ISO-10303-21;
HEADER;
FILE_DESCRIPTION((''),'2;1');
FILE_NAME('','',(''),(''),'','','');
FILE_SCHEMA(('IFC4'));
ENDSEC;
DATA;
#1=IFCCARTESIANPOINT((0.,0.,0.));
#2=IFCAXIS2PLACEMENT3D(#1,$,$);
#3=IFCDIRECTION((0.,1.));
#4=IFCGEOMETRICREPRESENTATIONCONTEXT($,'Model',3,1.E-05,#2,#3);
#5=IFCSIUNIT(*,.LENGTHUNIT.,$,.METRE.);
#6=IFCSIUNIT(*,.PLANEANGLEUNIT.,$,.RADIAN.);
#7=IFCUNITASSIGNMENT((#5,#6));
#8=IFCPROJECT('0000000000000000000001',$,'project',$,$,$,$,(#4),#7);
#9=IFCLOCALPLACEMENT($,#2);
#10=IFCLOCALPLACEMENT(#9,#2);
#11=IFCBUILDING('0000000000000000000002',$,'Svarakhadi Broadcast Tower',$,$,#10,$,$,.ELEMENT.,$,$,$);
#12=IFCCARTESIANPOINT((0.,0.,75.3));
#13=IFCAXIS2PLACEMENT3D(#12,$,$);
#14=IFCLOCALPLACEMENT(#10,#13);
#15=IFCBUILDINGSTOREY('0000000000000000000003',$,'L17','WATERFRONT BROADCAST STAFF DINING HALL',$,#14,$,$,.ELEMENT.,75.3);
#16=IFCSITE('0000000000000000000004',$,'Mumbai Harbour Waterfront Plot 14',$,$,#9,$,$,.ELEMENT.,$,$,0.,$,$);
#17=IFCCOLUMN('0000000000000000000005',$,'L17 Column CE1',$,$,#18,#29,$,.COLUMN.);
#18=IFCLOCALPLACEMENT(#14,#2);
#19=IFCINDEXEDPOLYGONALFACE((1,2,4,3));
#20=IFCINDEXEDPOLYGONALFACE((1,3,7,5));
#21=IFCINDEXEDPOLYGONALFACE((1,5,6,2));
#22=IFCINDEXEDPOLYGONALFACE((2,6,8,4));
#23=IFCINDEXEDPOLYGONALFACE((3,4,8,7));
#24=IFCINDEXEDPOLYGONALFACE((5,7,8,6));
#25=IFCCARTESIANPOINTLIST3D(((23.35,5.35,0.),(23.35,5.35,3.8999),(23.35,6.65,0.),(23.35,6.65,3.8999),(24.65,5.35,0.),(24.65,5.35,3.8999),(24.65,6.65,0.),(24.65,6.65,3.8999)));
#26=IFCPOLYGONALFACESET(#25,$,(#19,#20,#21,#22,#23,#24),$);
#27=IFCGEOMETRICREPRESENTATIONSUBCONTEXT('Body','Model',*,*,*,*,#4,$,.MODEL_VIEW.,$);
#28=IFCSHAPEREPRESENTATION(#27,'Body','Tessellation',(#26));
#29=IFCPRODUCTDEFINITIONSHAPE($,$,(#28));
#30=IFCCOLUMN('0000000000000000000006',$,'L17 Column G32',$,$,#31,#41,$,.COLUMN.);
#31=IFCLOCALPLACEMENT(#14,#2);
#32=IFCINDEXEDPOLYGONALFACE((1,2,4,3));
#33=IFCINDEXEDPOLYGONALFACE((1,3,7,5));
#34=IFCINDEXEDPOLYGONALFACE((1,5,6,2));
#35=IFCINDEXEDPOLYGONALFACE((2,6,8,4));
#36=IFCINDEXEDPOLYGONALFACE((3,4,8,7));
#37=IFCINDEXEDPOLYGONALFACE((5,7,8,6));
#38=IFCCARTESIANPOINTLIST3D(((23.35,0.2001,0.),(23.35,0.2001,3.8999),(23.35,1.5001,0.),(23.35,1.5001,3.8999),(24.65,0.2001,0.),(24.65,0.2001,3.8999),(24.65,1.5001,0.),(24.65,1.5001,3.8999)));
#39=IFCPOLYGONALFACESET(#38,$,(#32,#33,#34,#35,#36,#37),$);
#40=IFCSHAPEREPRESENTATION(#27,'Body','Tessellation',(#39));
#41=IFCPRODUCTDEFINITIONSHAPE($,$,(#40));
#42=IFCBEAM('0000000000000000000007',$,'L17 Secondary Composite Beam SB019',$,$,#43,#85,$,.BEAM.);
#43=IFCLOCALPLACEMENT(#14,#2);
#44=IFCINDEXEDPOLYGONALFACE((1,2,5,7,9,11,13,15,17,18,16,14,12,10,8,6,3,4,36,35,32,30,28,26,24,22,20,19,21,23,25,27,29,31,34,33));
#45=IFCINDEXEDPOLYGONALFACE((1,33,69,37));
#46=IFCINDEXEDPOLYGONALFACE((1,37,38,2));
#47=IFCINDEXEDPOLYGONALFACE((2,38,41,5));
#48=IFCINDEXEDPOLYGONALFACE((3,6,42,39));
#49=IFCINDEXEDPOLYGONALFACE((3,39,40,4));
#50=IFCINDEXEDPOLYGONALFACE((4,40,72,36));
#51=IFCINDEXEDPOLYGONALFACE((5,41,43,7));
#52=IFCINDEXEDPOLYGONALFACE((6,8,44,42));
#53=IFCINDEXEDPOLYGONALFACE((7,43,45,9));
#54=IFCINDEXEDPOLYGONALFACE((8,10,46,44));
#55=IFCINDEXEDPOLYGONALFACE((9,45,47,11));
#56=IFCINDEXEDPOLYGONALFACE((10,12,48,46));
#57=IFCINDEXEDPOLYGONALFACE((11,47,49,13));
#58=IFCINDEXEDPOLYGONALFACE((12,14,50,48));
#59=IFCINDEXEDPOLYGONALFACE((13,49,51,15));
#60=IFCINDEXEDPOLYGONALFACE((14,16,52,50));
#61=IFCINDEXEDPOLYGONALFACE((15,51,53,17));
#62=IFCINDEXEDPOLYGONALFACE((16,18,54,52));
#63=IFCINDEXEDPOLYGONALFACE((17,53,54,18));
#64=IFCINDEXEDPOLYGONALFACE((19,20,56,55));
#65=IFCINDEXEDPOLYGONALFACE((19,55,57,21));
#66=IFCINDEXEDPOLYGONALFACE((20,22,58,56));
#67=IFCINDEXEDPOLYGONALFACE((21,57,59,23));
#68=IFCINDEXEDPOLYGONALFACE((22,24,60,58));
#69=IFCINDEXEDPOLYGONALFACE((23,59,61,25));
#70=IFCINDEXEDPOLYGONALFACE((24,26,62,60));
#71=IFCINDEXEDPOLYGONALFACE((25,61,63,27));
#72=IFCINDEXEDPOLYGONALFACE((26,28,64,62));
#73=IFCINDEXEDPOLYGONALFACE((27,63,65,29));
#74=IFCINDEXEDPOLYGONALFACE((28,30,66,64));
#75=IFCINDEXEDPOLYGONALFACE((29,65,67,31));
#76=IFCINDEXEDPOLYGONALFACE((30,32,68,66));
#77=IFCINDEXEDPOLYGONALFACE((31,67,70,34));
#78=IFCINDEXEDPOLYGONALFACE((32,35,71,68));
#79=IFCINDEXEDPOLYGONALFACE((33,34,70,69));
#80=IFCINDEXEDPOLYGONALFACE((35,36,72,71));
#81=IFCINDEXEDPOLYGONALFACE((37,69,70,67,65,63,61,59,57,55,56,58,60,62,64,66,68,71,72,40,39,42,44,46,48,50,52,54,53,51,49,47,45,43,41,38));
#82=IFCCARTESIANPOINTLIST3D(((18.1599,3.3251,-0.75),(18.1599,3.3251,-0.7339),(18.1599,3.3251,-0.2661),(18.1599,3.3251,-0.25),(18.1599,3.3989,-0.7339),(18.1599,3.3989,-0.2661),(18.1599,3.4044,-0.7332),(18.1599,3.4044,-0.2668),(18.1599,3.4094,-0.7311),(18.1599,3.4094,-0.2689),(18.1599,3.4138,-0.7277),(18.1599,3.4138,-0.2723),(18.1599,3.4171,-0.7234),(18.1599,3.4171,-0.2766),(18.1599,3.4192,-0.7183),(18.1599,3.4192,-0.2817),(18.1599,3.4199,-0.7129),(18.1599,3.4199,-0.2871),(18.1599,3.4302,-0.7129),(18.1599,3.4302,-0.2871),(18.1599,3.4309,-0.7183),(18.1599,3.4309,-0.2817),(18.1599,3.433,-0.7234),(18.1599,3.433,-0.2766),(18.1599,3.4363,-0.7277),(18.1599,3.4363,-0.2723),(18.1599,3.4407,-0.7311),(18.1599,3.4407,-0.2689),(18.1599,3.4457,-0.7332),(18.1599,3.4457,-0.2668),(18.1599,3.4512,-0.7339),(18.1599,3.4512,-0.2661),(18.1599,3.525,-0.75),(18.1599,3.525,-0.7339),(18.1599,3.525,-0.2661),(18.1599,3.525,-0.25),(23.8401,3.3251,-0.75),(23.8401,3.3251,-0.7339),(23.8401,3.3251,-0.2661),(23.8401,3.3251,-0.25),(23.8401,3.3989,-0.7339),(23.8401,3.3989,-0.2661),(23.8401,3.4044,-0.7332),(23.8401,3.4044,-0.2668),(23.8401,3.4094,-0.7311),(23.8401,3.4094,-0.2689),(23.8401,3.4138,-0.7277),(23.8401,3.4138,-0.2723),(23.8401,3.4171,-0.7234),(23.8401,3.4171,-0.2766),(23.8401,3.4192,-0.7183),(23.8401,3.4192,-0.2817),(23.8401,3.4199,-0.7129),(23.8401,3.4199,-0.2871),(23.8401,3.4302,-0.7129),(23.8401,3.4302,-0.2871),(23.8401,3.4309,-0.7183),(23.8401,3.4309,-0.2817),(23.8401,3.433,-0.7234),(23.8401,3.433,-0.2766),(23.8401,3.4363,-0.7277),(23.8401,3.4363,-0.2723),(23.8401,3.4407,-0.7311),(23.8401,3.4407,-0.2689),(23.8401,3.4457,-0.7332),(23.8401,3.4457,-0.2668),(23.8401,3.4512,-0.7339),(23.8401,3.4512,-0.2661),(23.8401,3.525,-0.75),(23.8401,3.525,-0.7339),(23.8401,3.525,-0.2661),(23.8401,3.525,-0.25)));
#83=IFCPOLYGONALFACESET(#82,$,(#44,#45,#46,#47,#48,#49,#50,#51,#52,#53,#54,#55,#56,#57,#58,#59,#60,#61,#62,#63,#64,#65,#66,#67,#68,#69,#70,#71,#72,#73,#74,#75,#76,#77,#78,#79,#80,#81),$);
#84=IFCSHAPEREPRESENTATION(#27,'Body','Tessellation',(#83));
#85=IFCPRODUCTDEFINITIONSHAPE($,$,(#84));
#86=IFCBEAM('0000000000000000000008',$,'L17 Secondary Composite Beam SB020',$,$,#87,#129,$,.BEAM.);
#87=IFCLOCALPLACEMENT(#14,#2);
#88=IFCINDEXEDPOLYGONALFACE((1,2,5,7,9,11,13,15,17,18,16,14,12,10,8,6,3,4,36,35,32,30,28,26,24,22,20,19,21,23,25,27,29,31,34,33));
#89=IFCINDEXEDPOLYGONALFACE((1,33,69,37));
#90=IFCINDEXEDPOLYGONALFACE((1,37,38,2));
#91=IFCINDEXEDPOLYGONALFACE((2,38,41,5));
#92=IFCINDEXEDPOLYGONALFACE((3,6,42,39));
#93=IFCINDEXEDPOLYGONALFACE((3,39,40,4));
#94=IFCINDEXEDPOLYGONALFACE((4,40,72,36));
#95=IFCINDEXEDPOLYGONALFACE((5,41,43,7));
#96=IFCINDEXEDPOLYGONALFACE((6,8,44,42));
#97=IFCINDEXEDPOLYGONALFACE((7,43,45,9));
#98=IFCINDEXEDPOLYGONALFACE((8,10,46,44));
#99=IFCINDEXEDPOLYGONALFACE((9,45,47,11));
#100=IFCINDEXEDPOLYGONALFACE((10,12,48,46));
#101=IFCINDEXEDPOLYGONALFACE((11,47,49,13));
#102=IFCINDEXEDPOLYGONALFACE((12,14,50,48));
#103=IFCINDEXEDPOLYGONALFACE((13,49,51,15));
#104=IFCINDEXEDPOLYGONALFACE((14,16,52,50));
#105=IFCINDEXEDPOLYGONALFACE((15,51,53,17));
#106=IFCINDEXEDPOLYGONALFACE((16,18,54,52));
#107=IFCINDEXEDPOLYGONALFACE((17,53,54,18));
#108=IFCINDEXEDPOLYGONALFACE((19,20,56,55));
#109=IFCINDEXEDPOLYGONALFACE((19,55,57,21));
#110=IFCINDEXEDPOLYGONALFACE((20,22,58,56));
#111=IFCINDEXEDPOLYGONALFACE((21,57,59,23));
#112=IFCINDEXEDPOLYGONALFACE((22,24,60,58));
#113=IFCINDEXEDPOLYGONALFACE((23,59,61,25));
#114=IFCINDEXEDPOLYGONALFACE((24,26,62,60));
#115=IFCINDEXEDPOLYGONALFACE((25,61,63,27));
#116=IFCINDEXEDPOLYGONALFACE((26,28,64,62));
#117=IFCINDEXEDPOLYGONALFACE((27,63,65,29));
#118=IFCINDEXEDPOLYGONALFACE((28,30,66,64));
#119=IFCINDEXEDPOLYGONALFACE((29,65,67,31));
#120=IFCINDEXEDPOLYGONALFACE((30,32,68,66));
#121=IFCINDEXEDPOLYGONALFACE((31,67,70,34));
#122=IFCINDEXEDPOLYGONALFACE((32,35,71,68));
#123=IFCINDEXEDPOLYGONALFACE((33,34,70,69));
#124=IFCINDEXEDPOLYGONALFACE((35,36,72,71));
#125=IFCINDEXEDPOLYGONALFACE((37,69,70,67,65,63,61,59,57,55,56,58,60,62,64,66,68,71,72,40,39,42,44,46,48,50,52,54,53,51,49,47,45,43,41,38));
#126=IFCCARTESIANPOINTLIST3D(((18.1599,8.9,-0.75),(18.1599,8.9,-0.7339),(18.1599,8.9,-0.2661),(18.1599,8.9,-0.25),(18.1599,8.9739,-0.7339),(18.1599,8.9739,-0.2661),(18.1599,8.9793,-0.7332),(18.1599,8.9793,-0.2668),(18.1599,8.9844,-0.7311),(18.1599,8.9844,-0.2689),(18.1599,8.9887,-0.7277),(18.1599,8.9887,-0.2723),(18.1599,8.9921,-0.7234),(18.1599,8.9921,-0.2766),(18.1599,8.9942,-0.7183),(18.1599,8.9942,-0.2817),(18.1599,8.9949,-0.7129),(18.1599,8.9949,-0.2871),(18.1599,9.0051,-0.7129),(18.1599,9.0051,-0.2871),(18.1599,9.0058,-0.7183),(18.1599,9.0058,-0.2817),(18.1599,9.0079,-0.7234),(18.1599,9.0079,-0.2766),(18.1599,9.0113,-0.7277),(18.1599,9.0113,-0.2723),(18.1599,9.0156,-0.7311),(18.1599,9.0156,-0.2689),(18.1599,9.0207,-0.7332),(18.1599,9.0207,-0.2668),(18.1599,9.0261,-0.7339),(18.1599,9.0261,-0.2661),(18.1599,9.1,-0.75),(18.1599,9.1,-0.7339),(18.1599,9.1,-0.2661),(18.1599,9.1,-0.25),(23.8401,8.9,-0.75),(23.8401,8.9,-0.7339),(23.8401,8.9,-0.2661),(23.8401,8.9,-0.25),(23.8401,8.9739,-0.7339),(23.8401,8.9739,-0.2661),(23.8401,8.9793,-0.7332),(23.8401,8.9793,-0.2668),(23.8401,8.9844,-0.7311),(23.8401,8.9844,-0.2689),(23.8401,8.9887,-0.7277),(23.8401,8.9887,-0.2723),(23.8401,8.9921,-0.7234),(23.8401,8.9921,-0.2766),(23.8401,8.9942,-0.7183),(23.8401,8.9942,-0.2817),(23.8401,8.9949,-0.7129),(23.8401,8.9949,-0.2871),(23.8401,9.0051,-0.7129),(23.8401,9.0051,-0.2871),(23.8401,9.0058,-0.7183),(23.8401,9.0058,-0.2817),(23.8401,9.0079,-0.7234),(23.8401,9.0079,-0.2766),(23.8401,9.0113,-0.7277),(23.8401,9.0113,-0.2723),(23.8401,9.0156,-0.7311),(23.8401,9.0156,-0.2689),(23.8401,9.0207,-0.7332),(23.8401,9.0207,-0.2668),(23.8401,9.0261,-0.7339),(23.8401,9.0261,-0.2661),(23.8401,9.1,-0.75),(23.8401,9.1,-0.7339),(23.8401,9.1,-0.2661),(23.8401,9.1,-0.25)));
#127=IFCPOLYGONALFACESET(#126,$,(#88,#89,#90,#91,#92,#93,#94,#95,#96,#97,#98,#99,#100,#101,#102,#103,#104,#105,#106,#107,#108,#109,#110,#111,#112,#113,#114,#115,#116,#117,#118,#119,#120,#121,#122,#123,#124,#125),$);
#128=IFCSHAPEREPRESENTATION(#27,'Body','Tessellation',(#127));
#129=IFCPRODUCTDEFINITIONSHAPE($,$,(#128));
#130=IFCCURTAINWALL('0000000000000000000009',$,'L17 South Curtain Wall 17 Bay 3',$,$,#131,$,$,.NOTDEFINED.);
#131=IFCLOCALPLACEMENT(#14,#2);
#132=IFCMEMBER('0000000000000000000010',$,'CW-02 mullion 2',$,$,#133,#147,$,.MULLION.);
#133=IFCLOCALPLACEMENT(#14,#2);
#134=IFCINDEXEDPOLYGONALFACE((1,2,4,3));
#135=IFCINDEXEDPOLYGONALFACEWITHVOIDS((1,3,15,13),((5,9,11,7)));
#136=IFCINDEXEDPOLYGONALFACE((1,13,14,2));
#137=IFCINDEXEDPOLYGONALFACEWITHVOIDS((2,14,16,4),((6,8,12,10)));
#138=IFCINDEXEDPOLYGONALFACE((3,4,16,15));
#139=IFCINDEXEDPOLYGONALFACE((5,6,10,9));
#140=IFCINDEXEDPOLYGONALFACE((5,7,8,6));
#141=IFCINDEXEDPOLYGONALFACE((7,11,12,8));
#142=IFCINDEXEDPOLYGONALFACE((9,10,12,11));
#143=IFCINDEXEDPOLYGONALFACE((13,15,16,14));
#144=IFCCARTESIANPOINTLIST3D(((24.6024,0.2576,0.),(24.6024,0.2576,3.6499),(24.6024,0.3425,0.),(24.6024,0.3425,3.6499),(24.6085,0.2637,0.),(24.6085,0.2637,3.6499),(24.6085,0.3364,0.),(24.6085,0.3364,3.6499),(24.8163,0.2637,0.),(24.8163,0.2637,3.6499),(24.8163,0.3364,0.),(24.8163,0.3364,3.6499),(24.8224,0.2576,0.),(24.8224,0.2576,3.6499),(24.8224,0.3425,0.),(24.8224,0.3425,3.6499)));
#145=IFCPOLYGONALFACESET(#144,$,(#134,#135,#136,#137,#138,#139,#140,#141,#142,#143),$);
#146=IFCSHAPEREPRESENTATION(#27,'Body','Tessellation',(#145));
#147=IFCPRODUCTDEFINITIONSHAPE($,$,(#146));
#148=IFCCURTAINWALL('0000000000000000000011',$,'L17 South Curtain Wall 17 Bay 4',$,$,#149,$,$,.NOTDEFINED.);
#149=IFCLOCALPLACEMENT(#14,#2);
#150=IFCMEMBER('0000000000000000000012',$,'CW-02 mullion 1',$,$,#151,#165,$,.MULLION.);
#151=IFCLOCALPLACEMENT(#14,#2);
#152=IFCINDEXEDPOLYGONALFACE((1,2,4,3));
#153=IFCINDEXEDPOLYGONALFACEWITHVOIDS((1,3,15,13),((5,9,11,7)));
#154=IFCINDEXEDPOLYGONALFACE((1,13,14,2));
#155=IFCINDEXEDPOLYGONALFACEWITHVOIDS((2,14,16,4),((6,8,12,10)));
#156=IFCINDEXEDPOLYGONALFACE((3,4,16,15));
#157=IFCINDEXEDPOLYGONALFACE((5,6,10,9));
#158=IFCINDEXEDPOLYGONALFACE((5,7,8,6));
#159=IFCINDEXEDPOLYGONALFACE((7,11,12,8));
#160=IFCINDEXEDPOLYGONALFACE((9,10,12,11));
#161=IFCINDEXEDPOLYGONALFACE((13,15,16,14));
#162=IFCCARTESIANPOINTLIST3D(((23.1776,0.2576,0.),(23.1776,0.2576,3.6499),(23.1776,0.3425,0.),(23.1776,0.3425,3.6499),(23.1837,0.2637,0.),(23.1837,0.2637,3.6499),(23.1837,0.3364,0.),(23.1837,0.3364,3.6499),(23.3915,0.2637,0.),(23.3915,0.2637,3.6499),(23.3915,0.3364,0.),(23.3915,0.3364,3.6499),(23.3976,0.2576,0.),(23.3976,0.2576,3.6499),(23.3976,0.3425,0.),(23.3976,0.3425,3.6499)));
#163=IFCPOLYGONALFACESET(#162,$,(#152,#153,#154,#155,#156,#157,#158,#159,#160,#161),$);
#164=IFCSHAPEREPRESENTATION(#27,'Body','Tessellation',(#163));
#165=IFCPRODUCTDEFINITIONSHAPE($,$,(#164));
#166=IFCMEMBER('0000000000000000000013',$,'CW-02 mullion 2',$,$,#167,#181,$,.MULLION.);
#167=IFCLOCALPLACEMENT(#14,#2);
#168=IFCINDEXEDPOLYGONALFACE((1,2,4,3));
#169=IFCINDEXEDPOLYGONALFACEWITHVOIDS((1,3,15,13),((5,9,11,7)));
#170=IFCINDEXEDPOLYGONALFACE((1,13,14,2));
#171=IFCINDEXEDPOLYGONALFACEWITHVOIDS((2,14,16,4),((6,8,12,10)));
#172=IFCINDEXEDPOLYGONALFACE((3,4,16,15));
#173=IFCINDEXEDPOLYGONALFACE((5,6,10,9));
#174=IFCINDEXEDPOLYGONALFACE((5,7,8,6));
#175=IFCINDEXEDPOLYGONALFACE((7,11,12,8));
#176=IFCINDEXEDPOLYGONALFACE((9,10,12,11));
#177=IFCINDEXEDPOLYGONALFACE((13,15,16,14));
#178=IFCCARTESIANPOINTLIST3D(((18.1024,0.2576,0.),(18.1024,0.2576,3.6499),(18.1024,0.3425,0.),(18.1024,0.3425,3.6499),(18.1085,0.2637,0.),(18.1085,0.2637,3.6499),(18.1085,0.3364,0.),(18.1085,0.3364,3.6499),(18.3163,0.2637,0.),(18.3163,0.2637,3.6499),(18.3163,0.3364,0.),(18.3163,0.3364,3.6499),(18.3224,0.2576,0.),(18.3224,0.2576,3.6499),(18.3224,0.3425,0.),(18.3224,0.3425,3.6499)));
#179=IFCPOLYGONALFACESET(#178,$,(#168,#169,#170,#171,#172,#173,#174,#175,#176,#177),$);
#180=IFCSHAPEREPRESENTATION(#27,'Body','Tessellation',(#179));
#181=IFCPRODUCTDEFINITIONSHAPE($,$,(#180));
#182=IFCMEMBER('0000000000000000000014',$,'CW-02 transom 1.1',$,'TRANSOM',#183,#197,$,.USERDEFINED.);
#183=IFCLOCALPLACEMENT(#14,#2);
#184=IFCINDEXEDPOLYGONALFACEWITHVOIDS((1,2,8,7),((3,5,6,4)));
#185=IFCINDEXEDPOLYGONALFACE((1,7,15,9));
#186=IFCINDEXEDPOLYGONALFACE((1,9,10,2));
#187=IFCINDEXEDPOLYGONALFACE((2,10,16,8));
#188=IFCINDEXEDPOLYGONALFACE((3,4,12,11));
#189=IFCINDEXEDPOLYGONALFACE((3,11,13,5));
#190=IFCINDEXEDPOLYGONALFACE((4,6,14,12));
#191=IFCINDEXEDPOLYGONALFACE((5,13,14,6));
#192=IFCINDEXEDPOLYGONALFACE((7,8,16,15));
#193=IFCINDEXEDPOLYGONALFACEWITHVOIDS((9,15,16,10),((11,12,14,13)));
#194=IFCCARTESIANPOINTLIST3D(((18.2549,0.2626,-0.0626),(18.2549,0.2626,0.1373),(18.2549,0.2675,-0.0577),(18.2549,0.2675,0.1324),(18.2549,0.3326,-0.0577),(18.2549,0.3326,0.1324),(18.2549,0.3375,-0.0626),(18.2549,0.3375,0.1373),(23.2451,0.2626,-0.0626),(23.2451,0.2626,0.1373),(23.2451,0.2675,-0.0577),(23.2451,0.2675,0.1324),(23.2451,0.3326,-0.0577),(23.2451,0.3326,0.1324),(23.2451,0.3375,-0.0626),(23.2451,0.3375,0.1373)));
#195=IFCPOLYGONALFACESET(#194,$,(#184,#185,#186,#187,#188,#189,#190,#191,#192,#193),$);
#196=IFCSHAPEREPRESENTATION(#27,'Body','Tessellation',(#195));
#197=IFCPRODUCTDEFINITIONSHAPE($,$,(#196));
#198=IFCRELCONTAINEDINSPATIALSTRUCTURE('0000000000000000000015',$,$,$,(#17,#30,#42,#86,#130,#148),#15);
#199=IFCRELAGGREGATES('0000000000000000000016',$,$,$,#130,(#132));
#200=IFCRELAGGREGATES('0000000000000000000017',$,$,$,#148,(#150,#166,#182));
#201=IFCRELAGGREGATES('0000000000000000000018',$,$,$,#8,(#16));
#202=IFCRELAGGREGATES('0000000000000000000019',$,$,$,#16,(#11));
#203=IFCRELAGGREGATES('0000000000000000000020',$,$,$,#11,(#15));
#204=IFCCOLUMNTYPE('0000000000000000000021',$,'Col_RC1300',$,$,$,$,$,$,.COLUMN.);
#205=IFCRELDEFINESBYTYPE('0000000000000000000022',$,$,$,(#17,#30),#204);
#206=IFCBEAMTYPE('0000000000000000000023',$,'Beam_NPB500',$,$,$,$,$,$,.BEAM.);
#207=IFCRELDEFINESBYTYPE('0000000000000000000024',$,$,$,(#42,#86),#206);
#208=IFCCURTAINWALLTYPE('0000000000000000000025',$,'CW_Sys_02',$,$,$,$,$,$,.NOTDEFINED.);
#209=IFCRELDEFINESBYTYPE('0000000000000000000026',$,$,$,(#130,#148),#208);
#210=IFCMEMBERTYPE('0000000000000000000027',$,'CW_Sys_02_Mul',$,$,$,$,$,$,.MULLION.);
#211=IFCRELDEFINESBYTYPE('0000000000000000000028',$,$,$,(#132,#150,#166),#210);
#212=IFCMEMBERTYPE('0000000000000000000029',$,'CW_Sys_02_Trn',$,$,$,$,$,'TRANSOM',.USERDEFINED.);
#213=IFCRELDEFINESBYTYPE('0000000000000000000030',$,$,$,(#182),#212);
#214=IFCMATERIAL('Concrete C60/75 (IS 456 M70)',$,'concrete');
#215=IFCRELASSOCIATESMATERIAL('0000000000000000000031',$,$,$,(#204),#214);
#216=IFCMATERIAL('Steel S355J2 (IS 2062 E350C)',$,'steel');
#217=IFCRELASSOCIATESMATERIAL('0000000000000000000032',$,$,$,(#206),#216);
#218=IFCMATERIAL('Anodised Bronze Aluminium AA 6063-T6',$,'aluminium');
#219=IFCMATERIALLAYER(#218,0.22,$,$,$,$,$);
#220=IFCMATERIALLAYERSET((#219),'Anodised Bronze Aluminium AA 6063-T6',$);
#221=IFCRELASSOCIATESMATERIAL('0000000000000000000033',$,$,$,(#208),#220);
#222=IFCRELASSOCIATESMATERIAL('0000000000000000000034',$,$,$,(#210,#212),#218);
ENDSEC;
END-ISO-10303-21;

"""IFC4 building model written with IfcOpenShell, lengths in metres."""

from ifc_helpers import new_model, si_unit, direction, frame, origin, origin_2d, place, context, subcontext, project, spatial, rectangle, hollow_rectangle, i_section, extrude, material, layer, layer_set, material_profile, profile_set, type_object, element, aggregate, save


model = new_model("IFC4")

# Units and contexts
model_context = context("Model", 3, precision=1e-05, world=origin(), true_north=direction((0.0, 1.0)))
body_context = subcontext(model_context, "Body", "Model", "MODEL_VIEW")
ifc_project = project(units=[si_unit("LENGTHUNIT", "METRE"), si_unit("PLANEANGLEUNIT", "RADIAN")], contexts=[model_context])

# Site, building, storey
site_placement = place(None, origin())
site = spatial("IfcSite", under=ifc_project, at=site_placement, Name="Mumbai Harbour Waterfront Plot 14", CompositionType="ELEMENT", RefElevation=0.0)
building_placement = place(site_placement, origin())
building = spatial("IfcBuilding", under=site, at=building_placement, Name="Svarakhadi Broadcast Tower", CompositionType="ELEMENT")
storey_placement = place(building_placement, frame((0.0, 0.0, 75.3)))
storey = spatial("IfcBuildingStorey", under=building, at=storey_placement, Name="L17", Description="WATERFRONT BROADCAST STAFF DINING HALL", CompositionType="ELEMENT", Elevation=75.3)

# Columns
ifc_material_1 = material(Name="Concrete C60/75 (IS 456 M70)", Category="concrete")
ifc_material_profile_1 = material_profile(ifc_material_1, rectangle(XDim=1.3, YDim=1.3, at=origin_2d()), Name="RC 1300x1300")
ifc_profile_set_1 = profile_set([ifc_material_profile_1], Name="Concrete C60/75 (IS 456 M70)")
column_type = type_object("IfcColumnType", Name="Col_RC1300", PredefinedType="COLUMN", material=ifc_profile_set_1)
for number, where, z_axis, x_axis, name in (
    (1, (24.0, 6.0, 0.0), (0.0, 0.0, 1.0), (1.0, 0.0, 0.0), "L17 Column CE1"),
    (2, (24.0, 0.8501, 0.0), (0.0, 0.0, 1.0), (1.0, 0.0, 0.0), "L17 Column G32"),
):
    element("IfcColumn", number, at=place(storey_placement, frame(where, z_axis=z_axis, x_axis=x_axis)), inside=storey, type_object=column_type, Name=name, PredefinedType="COLUMN", context=body_context, shape_type="SweptSolid", body=[
        extrude(rectangle(XDim=1.3, YDim=1.3, at=origin_2d()), origin(), (0.0, 0.0, 1.0), 3.8999),
    ])

# Beams
ifc_material_2 = material(Name="Steel S355J2 (IS 2062 E350C)", Category="steel")
ifc_material_profile_2 = material_profile(ifc_material_2, i_section(OverallWidth=0.2, OverallDepth=0.5, WebThickness=0.0103, FlangeThickness=0.0161, FilletRadius=0.021, at=origin_2d()), Name="NPB 500x200x91")
ifc_profile_set_2 = profile_set([ifc_material_profile_2], Name="Steel S355J2 (IS 2062 E350C)")
beam_type_1 = type_object("IfcBeamType", Name="Beam_NPB500", PredefinedType="BEAM", material=ifc_profile_set_2)
for number, where, z_axis, x_axis, name in (
    (3, (18.1599, 3.425, -0.5), (1.0, 0.0, 0.0), (0.0, 1.0, 0.0), "L17 Secondary Composite Beam SB019"),
    (4, (18.1599, 9.0, -0.5), (1.0, 0.0, 0.0), (0.0, 1.0, 0.0), "L17 Secondary Composite Beam SB020"),
):
    element("IfcBeam", number, at=place(storey_placement, frame(where, z_axis=z_axis, x_axis=x_axis)), inside=storey, type_object=beam_type_1, Name=name, PredefinedType="BEAM", context=body_context, shape_type="SweptSolid", body=[
        extrude(i_section(OverallWidth=0.2, OverallDepth=0.5, WebThickness=0.0103, FlangeThickness=0.0161, FilletRadius=0.021, at=origin_2d()), origin(), (0.0, 0.0, 1.0), 5.6802),
    ])

# Curtain wall, member
ifc_material_3 = material(Name="Anodised Bronze Aluminium AA 6063-T6", Category="aluminium")
ifc_layer_1 = layer(ifc_material_3, 0.22)
ifc_layer_set_1 = layer_set([ifc_layer_1], Name="Anodised Bronze Aluminium AA 6063-T6")
curtain_wall_type = type_object("IfcCurtainWallType", Name="CW_Sys_02", PredefinedType="NOTDEFINED", material=ifc_layer_set_1)
curtain_wall_1_placement = place(storey_placement, origin())
curtain_wall_1 = element("IfcCurtainWall", 5, at=curtain_wall_1_placement, inside=storey, type_object=curtain_wall_type, Name="L17 South Curtain Wall 17 Bay 3", PredefinedType="NOTDEFINED")
ifc_material_profile_3 = material_profile(ifc_material_3, hollow_rectangle(XDim=0.085, YDim=0.22, WallThickness=0.0061, at=origin_2d()), Name="ALU MULLION 220x85x6")
ifc_profile_set_3 = profile_set([ifc_material_profile_3], Name="Anodised Bronze Aluminium AA 6063-T6")
member_type_1 = type_object("IfcMemberType", Name="CW_Sys_02_Mul", PredefinedType="MULLION", material=ifc_profile_set_3)
member_1_placement = place(storey_placement, frame((24.7124, 0.3, 0.0), z_axis=(0.0, 0.0, 1.0), x_axis=(0.0, -1.0, 0.0)))
member_1 = element("IfcMember", 6, at=member_1_placement, type_object=member_type_1, Name="CW-02 mullion 2", PredefinedType="MULLION", context=body_context, shape_type="SweptSolid", body=[
    extrude(hollow_rectangle(XDim=0.085, YDim=0.22, WallThickness=0.0061, at=origin_2d()), origin(), (0.0, 0.0, 1.0), 3.6499),
])

# Curtain wall, members
curtain_wall_2_placement = place(storey_placement, origin())
curtain_wall_2 = element("IfcCurtainWall", 7, at=curtain_wall_2_placement, inside=storey, type_object=curtain_wall_type, Name="L17 South Curtain Wall 17 Bay 4", PredefinedType="NOTDEFINED")
member_2_placement = place(storey_placement, frame((23.2876, 0.3, 0.0), z_axis=(0.0, 0.0, 1.0), x_axis=(0.0, -1.0, 0.0)))
member_2 = element("IfcMember", 8, at=member_2_placement, type_object=member_type_1, Name="CW-02 mullion 1", PredefinedType="MULLION", context=body_context, shape_type="SweptSolid", body=[
    extrude(hollow_rectangle(XDim=0.085, YDim=0.22, WallThickness=0.0061, at=origin_2d()), origin(), (0.0, 0.0, 1.0), 3.6499),
])
member_3_placement = place(storey_placement, frame((18.2124, 0.3, 0.0), z_axis=(0.0, 0.0, 1.0), x_axis=(0.0, -1.0, 0.0)))
member_3 = element("IfcMember", 9, at=member_3_placement, type_object=member_type_1, Name="CW-02 mullion 2", PredefinedType="MULLION", context=body_context, shape_type="SweptSolid", body=[
    extrude(hollow_rectangle(XDim=0.085, YDim=0.22, WallThickness=0.0061, at=origin_2d()), origin(), (0.0, 0.0, 1.0), 3.6499),
])
ifc_material_profile_4 = material_profile(ifc_material_3, hollow_rectangle(XDim=0.075, YDim=0.2, WallThickness=0.0049, at=origin_2d()), Name="ALU TRANSOM 200x75x5")
ifc_profile_set_4 = profile_set([ifc_material_profile_4], Name="Anodised Bronze Aluminium AA 6063-T6")
member_type_2 = type_object("IfcMemberType", Name="CW_Sys_02_Trn", ElementType="TRANSOM", PredefinedType="USERDEFINED", material=ifc_profile_set_4)
member_4_placement = place(storey_placement, frame((23.2451, 0.3, 0.0374), z_axis=(-1.0, 0.0, 0.0), x_axis=(0.0, -1.0, 0.0)))
member_4 = element("IfcMember", 10, at=member_4_placement, type_object=member_type_2, Name="CW-02 transom 1.1", ObjectType="TRANSOM", PredefinedType="USERDEFINED", context=body_context, shape_type="SweptSolid", body=[
    extrude(hollow_rectangle(XDim=0.075, YDim=0.2, WallThickness=0.0049, at=origin_2d()), origin(), (0.0, 0.0, 1.0), 4.9902),
])

aggregate(curtain_wall_1, [member_1])
aggregate(curtain_wall_2, [member_2, member_3, member_4])

save(model, "model.ifc")
